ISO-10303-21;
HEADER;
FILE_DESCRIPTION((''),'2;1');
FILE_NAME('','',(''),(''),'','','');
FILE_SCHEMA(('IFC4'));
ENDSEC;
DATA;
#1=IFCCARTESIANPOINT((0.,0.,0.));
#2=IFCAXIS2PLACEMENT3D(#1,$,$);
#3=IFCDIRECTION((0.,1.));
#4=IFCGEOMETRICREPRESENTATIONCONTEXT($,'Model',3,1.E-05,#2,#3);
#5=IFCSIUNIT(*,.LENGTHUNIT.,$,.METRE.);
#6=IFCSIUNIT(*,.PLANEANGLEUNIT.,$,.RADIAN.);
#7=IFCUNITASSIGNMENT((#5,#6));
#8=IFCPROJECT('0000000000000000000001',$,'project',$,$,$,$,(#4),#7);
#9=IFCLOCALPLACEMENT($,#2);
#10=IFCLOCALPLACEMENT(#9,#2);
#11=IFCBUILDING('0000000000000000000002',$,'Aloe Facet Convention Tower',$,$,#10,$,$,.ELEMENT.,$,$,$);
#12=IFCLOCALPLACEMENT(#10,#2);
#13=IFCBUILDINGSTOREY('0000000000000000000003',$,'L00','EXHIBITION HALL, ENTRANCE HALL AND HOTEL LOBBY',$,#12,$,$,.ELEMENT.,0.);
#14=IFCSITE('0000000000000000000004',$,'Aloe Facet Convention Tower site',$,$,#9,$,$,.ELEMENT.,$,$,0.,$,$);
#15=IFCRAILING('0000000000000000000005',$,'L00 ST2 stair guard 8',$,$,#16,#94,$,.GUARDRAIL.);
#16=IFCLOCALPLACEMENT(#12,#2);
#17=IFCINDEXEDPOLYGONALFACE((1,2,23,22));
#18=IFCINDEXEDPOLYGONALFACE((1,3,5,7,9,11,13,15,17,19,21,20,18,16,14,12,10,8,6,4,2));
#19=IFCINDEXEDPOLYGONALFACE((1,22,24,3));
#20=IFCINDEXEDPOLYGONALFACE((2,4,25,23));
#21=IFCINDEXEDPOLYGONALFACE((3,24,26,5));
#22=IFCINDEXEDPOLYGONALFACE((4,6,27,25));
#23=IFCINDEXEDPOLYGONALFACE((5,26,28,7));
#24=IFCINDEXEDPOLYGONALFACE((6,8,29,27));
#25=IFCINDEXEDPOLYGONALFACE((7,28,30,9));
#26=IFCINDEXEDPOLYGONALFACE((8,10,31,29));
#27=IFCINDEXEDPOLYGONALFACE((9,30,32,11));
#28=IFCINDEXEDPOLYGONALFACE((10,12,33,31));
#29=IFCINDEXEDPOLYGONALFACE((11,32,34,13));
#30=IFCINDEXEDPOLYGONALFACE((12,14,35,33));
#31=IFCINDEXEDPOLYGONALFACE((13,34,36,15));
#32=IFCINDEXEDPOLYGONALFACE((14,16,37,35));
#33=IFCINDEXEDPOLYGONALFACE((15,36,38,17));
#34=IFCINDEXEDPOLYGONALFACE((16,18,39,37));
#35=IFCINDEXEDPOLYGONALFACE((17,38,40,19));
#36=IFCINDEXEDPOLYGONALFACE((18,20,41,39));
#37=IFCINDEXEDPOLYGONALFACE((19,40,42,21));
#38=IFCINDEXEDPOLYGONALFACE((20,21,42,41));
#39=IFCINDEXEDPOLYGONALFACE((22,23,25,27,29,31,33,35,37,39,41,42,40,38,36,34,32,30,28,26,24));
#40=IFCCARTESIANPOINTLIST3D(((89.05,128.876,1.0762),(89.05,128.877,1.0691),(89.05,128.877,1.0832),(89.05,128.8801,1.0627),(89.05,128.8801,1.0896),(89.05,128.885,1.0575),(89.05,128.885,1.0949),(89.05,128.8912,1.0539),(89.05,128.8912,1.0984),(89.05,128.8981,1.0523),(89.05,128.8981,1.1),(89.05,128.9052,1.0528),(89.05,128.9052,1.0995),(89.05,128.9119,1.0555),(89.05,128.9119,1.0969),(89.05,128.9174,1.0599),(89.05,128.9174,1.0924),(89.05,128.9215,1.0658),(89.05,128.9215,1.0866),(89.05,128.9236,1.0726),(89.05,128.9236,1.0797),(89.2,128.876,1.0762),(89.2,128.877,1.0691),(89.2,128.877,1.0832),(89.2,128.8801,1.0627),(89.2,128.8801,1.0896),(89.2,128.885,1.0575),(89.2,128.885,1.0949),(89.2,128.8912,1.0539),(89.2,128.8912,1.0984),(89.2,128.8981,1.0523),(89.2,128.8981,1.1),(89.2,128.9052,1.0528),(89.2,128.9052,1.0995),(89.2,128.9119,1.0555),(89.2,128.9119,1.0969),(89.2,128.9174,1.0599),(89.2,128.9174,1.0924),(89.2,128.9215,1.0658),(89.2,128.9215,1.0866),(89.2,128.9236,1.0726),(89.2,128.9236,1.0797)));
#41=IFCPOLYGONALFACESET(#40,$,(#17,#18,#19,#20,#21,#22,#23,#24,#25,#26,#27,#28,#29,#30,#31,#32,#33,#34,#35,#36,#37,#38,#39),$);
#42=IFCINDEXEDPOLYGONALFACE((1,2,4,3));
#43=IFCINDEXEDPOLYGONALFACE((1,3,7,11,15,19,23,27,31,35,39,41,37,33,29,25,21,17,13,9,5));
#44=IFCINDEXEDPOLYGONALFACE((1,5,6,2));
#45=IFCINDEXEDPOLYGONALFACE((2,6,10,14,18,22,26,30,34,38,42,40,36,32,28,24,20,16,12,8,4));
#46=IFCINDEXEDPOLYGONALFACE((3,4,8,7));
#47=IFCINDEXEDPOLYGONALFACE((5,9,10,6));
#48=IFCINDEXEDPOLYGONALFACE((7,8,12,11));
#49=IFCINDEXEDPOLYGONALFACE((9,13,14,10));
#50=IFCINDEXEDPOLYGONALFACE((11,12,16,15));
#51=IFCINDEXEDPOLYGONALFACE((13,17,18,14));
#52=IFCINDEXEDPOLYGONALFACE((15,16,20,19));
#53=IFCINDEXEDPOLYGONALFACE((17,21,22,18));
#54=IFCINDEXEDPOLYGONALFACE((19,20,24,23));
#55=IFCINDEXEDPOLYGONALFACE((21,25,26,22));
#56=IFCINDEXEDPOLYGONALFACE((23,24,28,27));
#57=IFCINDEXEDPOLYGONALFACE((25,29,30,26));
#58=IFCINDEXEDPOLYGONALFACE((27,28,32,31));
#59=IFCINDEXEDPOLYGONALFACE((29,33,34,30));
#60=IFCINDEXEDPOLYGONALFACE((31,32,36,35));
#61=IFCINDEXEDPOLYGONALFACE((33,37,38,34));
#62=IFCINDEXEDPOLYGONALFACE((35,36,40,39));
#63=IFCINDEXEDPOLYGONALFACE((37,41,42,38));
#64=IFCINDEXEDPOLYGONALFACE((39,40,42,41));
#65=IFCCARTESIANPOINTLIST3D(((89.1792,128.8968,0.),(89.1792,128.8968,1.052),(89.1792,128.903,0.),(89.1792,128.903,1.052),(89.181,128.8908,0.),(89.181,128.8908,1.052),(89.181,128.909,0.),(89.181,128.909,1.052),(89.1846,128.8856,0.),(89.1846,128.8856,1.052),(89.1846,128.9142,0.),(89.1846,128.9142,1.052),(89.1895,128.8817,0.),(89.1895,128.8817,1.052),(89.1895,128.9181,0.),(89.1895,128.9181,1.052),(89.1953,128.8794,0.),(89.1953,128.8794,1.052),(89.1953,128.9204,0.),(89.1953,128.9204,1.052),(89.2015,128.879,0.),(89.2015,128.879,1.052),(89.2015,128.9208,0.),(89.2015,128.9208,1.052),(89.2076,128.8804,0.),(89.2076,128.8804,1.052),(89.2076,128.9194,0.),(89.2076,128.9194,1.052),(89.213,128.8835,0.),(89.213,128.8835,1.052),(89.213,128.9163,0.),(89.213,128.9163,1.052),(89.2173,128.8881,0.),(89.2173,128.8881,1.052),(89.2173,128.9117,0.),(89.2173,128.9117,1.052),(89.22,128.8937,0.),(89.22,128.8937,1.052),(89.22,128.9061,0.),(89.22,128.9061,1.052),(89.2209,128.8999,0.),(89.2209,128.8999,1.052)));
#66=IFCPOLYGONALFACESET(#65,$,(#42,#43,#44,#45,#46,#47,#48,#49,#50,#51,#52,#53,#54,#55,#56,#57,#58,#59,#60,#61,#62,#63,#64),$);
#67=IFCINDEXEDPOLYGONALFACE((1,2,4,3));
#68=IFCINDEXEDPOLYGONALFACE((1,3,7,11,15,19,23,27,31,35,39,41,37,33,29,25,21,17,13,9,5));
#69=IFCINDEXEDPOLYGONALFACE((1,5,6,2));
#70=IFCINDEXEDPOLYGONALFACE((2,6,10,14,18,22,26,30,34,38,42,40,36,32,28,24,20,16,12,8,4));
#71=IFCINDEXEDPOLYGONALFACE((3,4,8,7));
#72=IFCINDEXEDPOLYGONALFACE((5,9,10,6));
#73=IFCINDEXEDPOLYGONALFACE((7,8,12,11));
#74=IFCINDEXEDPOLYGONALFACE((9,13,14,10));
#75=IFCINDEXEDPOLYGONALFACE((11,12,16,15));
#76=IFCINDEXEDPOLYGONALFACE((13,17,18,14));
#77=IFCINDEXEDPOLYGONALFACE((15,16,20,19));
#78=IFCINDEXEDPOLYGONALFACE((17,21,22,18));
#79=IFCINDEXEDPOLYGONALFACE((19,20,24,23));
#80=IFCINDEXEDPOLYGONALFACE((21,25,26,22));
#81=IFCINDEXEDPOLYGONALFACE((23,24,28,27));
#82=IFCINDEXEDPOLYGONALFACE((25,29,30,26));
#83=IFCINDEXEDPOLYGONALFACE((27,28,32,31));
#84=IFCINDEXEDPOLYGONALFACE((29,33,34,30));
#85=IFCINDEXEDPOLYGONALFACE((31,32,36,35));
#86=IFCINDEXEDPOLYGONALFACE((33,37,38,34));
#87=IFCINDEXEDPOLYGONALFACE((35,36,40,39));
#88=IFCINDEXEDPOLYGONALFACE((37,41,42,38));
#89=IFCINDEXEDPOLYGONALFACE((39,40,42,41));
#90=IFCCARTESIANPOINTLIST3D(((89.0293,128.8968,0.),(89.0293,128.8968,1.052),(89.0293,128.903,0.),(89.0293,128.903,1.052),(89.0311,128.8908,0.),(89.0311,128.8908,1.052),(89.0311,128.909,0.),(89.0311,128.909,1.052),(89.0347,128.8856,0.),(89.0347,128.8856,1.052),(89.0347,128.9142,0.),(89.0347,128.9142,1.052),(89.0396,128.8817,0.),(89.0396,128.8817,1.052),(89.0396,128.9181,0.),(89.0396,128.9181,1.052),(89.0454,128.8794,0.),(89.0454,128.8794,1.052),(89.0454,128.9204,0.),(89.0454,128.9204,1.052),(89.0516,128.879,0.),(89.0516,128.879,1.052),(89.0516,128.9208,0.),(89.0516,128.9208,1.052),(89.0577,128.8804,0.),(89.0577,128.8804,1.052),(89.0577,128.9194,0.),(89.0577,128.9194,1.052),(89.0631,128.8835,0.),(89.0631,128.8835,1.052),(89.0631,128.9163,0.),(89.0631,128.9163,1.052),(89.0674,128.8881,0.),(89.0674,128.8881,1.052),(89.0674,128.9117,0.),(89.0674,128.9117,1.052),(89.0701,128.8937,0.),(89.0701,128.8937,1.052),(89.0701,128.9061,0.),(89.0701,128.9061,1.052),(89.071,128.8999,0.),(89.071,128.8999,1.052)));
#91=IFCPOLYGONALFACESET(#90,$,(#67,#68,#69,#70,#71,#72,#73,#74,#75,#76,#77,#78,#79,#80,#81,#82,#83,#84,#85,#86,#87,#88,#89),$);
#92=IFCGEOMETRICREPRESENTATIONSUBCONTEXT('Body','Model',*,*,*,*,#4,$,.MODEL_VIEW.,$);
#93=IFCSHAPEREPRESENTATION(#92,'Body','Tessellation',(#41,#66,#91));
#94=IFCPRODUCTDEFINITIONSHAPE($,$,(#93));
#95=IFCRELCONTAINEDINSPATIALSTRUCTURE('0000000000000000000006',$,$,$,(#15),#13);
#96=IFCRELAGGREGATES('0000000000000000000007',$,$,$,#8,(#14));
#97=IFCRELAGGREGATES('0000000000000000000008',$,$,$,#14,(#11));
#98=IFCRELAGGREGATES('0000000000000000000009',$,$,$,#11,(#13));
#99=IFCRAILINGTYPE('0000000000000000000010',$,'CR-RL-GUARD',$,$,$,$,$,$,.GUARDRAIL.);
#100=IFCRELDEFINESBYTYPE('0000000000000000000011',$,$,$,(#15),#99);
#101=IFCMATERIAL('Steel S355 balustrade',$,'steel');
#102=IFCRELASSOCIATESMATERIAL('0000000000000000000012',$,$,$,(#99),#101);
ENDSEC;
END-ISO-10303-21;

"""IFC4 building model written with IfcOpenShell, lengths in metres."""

from ifc_helpers import new_model, si_unit, direction, frame, origin, origin_2d, place, context, subcontext, project, spatial, circle, extrude, material, type_object, element, save


model = new_model("IFC4")

# Units and contexts
model_context = context("Model", 3, precision=1e-05, world=origin(), true_north=direction((0.0, 1.0)))
body_context = subcontext(model_context, "Body", "Model", "MODEL_VIEW")
ifc_project = project(units=[si_unit("LENGTHUNIT", "METRE"), si_unit("PLANEANGLEUNIT", "RADIAN")], contexts=[model_context])

# Site, building, storey
site_placement = place(None, origin())
site = spatial("IfcSite", under=ifc_project, at=site_placement, Name="Aloe Facet Convention Tower site", CompositionType="ELEMENT", RefElevation=0.0)
building_placement = place(site_placement, origin())
building = spatial("IfcBuilding", under=site, at=building_placement, Name="Aloe Facet Convention Tower", CompositionType="ELEMENT")
storey_placement = place(building_placement, origin())
storey = spatial("IfcBuildingStorey", under=building, at=storey_placement, Name="L00", Description="EXHIBITION HALL, ENTRANCE HALL AND HOTEL LOBBY", CompositionType="ELEMENT", Elevation=0.0)

# Railing
ifc_material_1 = material(Name="Steel S355 balustrade", Category="steel")
railing_type_1 = type_object("IfcRailingType", Name="CR-RL-GUARD", PredefinedType="GUARDRAIL", material=ifc_material_1)
railing_1_placement = place(storey_placement, frame((89.2, 128.8999, 0.0)))
element("IfcRailing", 1, at=railing_1_placement, inside=storey, type_object=railing_type_1, Name="L00 ST2 stair guard 8", PredefinedType="GUARDRAIL", context=body_context, shape_type="SweptSolid", body=[
    extrude(circle(Radius=0.0239, at=origin_2d()), frame((0.0, 0.0, 1.0762), z_axis=(-1.0, 0.0, 0.0), x_axis=(0.0, -1.0, 0.0)), (0.0, 0.0, 1.0), 0.1499),
    extrude(circle(Radius=0.021, at=origin_2d()), origin(), (0.0, 0.0, 1.0), 1.052),
    extrude(circle(Radius=0.021, at=origin_2d()), frame((-0.1499, 0.0, 0.0)), (0.0, 0.0, 1.0), 1.052),
])

save(model, "model.ifc")
